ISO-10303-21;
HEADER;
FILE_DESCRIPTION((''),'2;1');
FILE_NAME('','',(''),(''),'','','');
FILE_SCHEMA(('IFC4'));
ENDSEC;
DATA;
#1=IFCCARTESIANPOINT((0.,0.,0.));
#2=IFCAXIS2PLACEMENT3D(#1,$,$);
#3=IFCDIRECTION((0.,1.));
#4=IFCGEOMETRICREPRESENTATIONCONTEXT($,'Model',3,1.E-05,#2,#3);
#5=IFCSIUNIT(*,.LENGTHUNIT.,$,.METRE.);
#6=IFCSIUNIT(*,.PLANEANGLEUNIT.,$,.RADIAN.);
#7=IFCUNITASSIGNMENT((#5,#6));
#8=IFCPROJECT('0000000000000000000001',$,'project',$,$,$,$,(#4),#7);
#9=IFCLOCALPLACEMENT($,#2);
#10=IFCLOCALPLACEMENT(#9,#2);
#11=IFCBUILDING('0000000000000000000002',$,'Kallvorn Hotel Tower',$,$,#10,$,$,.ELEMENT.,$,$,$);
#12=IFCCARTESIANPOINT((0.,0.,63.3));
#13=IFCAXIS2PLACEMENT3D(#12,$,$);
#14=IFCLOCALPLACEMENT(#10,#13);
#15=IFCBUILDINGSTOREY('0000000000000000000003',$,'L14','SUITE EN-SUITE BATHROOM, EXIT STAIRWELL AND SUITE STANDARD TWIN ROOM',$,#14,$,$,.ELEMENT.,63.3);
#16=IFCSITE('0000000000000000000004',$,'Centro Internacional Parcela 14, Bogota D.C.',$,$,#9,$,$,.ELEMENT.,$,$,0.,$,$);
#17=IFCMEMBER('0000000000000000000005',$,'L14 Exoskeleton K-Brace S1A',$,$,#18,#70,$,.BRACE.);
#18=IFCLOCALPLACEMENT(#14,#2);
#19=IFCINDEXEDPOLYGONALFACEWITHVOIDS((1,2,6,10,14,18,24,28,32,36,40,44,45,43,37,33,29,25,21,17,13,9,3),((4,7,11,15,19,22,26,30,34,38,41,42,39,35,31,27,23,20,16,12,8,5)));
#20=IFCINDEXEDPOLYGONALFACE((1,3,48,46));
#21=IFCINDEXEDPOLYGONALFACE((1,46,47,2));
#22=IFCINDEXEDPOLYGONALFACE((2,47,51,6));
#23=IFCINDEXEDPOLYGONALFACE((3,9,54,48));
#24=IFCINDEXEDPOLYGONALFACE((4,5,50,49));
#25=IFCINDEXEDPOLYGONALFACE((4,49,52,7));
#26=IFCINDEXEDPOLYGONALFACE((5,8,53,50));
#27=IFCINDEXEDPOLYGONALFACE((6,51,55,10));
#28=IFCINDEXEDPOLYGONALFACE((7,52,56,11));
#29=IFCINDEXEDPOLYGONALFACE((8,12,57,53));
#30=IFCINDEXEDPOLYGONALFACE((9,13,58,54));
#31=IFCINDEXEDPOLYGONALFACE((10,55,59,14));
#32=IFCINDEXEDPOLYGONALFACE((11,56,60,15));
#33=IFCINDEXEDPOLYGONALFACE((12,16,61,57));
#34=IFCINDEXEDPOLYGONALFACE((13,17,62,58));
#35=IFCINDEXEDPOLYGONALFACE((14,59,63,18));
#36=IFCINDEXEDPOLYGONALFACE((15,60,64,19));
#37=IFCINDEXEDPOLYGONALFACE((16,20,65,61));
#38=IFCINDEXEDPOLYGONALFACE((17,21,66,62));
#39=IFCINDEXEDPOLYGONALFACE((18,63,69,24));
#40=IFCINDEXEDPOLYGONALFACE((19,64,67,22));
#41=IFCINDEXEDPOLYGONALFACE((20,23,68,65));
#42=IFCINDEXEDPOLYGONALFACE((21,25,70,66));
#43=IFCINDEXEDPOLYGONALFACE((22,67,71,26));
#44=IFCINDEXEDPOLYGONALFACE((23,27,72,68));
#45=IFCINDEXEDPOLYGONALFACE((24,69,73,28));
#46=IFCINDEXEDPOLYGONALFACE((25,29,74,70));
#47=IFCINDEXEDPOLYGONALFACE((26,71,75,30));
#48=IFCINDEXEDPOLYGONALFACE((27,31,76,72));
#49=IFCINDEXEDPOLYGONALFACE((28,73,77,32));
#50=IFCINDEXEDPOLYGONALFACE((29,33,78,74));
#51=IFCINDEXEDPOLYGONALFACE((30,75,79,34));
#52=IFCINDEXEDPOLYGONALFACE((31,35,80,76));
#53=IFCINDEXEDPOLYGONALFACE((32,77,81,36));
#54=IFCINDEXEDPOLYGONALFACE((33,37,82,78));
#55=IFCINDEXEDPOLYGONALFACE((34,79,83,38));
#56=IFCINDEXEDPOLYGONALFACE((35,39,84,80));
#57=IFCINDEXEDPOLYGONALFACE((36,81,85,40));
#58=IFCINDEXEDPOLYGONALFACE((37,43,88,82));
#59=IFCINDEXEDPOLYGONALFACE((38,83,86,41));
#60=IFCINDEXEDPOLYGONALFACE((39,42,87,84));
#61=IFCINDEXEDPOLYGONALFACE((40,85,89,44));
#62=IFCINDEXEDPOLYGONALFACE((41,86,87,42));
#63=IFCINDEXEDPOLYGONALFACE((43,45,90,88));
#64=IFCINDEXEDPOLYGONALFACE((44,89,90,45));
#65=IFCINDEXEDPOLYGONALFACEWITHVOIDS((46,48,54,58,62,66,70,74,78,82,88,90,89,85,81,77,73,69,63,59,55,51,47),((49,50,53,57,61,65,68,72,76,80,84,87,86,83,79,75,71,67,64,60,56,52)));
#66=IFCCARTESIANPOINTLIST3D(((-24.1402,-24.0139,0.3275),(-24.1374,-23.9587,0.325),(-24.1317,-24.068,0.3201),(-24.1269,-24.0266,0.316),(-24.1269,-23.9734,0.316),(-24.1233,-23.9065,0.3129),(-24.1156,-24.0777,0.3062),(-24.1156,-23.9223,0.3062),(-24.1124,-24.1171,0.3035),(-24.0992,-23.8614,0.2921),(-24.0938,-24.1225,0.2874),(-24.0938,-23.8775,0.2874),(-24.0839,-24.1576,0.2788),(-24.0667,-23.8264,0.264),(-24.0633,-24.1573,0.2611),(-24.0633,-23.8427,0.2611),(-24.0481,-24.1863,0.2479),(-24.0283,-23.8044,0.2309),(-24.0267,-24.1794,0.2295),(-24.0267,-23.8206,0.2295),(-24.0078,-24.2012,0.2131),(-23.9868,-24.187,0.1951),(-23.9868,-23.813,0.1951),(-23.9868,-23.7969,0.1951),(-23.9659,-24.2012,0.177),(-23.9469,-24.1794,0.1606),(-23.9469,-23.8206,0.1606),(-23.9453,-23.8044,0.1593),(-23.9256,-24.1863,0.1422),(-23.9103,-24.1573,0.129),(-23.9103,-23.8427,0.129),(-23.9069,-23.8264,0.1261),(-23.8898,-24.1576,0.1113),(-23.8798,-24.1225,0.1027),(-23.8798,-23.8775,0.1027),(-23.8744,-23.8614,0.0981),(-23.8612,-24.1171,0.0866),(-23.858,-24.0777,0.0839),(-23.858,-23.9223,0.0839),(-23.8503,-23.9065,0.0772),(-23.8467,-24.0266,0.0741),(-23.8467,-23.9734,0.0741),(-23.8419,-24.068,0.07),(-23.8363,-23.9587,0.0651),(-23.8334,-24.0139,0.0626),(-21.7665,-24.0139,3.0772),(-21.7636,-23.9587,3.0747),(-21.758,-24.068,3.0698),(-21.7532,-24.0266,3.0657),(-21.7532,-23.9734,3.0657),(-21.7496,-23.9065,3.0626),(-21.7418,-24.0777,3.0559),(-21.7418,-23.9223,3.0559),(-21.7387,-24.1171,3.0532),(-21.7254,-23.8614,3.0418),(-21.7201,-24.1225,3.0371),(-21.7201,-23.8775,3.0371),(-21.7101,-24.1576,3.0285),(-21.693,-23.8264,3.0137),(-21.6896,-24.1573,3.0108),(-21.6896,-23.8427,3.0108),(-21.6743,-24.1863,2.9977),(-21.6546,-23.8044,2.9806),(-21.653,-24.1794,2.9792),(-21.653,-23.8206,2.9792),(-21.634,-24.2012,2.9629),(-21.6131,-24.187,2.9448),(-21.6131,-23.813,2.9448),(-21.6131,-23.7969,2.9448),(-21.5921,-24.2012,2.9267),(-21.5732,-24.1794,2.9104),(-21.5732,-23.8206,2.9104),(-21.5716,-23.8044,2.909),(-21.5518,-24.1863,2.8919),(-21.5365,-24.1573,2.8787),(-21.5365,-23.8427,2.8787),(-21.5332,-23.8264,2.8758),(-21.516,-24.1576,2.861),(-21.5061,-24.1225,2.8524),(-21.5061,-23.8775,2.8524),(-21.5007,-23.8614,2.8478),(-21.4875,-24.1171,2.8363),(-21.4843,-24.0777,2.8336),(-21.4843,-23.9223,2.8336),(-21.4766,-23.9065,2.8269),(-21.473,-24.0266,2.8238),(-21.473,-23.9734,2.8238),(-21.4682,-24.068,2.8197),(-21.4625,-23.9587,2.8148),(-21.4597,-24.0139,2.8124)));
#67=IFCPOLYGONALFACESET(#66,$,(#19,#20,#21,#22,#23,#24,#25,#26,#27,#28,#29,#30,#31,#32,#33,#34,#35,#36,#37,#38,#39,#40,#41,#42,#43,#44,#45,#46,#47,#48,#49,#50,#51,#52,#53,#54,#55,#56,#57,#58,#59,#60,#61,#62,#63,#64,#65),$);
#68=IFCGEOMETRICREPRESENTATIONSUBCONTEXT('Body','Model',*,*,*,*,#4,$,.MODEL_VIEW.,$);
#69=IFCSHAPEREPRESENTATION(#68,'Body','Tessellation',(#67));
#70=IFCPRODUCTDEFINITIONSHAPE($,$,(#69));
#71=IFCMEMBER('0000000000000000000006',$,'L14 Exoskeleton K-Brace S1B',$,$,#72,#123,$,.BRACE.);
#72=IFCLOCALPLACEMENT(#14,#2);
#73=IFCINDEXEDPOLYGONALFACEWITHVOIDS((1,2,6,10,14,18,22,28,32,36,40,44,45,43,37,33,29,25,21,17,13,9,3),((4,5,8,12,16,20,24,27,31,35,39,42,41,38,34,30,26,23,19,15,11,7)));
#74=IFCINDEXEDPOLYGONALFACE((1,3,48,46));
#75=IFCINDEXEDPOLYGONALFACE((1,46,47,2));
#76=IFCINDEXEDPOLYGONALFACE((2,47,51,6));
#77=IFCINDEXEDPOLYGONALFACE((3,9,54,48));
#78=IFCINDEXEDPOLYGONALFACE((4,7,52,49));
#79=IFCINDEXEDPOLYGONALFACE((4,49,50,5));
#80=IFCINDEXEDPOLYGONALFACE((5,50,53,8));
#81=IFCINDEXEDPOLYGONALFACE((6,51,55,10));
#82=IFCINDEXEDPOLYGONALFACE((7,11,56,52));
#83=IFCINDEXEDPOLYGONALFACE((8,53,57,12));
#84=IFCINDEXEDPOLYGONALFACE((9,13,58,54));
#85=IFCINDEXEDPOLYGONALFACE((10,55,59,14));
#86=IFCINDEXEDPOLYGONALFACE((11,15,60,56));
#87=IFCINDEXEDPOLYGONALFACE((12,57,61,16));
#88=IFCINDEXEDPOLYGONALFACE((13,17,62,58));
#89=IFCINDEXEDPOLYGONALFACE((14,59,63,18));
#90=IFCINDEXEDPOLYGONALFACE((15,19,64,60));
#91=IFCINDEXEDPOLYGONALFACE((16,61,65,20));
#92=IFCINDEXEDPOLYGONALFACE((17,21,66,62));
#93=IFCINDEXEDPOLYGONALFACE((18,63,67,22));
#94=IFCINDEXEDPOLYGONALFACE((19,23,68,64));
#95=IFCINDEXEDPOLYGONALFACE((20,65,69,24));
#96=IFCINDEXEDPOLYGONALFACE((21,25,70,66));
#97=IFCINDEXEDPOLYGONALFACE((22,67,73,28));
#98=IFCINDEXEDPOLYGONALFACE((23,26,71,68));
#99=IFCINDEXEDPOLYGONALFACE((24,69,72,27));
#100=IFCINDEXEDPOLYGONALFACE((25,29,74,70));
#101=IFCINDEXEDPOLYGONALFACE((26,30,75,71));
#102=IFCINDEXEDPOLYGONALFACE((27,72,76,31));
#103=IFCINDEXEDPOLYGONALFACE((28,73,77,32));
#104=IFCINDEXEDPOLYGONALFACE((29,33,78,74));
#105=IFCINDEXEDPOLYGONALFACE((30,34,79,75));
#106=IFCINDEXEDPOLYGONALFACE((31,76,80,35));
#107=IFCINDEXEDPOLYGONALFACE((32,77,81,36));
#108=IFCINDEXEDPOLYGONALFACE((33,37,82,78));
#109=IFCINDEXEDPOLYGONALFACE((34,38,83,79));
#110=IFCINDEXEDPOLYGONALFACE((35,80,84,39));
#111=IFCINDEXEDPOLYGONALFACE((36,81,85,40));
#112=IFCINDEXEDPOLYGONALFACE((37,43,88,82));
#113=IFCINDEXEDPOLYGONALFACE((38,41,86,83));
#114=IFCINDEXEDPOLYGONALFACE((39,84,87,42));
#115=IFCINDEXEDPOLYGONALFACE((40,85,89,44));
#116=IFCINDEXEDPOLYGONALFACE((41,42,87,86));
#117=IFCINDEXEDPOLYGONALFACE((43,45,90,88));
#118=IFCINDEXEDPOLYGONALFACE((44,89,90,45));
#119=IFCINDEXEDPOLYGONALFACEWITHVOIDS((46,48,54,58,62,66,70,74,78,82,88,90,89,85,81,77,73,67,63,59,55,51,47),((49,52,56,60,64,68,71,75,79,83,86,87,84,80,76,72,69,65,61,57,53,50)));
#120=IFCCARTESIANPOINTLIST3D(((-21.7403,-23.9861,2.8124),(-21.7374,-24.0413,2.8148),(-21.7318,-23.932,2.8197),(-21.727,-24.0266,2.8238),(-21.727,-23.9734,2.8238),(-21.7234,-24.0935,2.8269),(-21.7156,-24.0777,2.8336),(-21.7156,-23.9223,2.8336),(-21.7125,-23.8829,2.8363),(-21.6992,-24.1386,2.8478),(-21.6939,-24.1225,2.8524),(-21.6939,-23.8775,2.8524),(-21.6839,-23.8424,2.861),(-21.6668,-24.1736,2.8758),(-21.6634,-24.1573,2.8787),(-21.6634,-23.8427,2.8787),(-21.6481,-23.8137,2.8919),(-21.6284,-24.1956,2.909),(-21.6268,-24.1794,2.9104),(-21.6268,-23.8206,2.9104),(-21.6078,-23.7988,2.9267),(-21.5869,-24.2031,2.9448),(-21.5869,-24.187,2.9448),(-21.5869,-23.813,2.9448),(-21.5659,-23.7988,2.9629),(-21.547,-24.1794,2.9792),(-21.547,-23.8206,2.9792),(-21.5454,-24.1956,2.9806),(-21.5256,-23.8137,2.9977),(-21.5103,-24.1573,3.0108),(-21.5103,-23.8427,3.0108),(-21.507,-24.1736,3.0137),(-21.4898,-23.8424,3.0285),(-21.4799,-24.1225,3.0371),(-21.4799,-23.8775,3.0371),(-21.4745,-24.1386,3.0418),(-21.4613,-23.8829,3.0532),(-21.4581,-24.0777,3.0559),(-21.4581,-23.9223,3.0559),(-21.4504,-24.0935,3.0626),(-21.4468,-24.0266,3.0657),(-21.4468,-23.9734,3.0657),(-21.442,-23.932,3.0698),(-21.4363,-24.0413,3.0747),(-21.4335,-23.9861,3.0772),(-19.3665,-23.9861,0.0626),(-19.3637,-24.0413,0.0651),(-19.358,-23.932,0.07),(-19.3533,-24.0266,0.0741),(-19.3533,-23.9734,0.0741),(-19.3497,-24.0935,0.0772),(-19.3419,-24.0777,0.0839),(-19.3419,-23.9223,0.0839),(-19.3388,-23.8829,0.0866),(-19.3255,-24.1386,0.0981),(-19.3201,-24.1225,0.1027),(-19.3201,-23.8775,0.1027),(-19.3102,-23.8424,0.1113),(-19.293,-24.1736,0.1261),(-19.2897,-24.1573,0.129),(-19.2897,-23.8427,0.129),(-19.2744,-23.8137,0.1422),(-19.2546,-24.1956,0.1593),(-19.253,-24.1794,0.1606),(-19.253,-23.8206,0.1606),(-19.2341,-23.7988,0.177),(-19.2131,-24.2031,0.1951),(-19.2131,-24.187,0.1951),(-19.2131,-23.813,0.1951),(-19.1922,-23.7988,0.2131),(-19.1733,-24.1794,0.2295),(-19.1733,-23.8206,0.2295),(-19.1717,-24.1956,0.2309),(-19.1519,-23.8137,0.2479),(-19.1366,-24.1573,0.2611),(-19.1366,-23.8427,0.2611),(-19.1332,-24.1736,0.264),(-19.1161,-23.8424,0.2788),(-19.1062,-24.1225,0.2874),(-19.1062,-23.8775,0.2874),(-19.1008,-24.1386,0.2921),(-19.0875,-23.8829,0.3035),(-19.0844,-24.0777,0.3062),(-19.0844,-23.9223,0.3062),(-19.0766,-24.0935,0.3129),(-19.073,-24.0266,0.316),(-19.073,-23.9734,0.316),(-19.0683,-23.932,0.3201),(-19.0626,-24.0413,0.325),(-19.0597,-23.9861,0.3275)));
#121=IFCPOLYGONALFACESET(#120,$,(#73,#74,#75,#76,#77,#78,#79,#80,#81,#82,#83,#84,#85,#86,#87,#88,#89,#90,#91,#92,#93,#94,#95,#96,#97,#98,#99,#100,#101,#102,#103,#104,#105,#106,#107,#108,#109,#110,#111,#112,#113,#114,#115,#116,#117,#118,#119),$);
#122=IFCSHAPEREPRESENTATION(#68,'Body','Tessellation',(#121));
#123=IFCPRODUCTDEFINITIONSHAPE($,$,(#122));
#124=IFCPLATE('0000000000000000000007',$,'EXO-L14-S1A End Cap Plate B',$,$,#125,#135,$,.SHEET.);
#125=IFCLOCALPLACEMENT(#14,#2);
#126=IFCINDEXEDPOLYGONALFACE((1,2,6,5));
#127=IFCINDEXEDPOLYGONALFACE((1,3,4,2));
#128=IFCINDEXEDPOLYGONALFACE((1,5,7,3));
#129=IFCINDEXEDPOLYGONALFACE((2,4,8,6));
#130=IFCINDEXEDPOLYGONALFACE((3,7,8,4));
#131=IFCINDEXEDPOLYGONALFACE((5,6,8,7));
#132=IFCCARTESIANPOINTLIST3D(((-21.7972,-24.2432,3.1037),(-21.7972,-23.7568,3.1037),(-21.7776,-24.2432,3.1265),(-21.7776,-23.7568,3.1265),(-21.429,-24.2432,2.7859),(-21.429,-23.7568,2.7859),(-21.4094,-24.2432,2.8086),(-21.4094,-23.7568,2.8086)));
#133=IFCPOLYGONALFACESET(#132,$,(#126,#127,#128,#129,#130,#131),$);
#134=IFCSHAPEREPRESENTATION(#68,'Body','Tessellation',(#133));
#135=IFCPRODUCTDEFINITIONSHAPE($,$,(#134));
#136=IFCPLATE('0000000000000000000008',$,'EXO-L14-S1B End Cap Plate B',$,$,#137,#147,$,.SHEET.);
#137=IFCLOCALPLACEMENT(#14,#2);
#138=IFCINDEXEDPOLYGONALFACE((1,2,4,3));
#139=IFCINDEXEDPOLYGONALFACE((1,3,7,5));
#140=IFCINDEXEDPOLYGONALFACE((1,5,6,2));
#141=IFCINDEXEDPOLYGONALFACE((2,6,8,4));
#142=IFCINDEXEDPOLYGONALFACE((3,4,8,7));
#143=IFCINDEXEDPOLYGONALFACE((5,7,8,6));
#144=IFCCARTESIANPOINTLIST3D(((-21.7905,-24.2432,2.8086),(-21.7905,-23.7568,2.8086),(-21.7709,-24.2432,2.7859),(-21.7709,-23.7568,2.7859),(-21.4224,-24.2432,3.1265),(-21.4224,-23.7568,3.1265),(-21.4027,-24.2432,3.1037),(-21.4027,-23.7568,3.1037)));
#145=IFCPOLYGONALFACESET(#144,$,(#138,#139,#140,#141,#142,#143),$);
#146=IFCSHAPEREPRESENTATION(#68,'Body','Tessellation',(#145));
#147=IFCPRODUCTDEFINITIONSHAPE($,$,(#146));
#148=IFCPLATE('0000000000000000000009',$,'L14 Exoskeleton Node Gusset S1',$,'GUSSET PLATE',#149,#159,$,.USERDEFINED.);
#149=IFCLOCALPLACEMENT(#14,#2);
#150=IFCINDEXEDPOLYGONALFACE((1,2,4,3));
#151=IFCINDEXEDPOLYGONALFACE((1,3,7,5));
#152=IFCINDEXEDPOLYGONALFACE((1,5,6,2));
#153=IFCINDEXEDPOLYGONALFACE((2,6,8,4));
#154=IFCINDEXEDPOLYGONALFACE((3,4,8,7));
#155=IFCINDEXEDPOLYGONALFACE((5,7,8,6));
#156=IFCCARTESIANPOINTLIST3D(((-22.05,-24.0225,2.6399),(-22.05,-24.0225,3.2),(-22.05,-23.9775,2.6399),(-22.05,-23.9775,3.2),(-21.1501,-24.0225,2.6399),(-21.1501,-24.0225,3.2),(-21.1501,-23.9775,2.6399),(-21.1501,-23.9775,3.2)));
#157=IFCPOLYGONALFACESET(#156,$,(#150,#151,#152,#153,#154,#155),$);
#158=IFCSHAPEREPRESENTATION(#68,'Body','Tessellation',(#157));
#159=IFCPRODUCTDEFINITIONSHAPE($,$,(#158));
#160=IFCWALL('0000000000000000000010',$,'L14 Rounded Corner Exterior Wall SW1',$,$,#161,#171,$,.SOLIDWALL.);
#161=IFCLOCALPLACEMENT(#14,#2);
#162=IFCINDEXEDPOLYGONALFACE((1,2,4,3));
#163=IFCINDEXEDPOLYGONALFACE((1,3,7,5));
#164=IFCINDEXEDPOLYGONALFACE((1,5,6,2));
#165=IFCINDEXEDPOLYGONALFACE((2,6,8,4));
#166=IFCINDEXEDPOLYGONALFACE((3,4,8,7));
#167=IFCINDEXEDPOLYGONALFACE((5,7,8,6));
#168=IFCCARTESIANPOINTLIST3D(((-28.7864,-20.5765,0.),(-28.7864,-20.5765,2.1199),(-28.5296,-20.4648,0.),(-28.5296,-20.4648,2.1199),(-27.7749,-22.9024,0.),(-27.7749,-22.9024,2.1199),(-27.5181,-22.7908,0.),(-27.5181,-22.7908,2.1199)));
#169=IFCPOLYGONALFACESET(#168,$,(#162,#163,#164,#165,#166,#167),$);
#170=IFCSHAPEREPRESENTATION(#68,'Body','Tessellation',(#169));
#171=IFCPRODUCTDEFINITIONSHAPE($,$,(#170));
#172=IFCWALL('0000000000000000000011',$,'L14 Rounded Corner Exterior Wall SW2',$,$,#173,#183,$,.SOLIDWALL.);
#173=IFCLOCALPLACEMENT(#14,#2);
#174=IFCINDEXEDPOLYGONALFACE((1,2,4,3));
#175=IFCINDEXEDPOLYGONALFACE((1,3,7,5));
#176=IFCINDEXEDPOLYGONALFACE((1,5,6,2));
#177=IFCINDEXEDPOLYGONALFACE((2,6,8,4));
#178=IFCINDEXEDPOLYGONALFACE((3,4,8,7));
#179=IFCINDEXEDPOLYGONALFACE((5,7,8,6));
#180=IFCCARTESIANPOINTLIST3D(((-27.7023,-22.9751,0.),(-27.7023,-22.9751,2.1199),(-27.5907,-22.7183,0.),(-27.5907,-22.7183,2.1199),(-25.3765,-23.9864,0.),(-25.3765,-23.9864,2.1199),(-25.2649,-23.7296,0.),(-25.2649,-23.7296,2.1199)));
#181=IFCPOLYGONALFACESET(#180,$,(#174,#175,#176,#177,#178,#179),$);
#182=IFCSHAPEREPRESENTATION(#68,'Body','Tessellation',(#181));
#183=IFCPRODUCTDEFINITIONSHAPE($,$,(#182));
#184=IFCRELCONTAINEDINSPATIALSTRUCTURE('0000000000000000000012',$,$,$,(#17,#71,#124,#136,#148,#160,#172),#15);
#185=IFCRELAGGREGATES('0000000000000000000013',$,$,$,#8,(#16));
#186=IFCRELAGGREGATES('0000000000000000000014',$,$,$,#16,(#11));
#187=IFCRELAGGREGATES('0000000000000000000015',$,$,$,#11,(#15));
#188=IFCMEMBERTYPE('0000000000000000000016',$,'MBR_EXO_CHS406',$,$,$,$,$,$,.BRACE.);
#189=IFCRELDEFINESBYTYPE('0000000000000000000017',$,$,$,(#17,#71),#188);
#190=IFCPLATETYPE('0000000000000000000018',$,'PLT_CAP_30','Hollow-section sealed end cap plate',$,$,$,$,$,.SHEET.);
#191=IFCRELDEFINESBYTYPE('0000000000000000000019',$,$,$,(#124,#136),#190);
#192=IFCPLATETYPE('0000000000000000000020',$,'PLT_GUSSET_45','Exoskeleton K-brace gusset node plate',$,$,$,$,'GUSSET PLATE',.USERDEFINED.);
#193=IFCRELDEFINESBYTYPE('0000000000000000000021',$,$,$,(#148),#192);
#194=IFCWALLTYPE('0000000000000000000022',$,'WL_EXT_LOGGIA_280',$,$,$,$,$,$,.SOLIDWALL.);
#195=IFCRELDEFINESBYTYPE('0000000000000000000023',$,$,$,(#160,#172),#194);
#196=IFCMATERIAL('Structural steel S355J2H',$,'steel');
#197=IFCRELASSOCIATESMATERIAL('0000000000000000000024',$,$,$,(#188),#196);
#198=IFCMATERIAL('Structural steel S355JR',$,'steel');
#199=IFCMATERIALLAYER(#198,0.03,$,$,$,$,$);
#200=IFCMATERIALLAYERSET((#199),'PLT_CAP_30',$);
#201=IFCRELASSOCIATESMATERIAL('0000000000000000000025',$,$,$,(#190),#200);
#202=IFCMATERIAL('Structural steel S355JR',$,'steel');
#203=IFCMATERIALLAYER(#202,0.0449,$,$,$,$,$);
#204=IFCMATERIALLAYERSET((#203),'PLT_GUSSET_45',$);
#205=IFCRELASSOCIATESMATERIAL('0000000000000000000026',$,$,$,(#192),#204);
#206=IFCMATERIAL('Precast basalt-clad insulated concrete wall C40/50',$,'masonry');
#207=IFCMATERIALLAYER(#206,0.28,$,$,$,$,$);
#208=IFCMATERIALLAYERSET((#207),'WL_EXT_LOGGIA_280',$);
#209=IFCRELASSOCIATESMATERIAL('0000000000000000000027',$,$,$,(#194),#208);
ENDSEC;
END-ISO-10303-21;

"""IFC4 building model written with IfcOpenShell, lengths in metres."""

from ifc_helpers import new_model, si_unit, direction, frame, frame_2d, origin, origin_2d, place, context, subcontext, project, spatial, polyline, rectangle, hollow_circle, outline, extrude, material, layer, layer_set, material_profile, profile_set, type_object, element, save


model = new_model("IFC4")

# Units and contexts
model_context = context("Model", 3, precision=1e-05, world=origin(), true_north=direction((0.0, 1.0)))
body_context = subcontext(model_context, "Body", "Model", "MODEL_VIEW")
ifc_project = project(units=[si_unit("LENGTHUNIT", "METRE"), si_unit("PLANEANGLEUNIT", "RADIAN")], contexts=[model_context])

# Site, building, storey
site_placement = place(None, origin())
site = spatial("IfcSite", under=ifc_project, at=site_placement, Name="Centro Internacional Parcela 14, Bogota D.C.", CompositionType="ELEMENT", RefElevation=0.0)
building_placement = place(site_placement, origin())
building = spatial("IfcBuilding", under=site, at=building_placement, Name="Kallvorn Hotel Tower", CompositionType="ELEMENT")
storey_placement = place(building_placement, frame((0.0, 0.0, 63.3)))
storey = spatial("IfcBuildingStorey", under=building, at=storey_placement, Name="L14", Description="SUITE EN-SUITE BATHROOM, EXIT STAIRWELL AND SUITE STANDARD TWIN ROOM", CompositionType="ELEMENT", Elevation=63.3)

# Members
ifc_material_1 = material(Name="Structural steel S355J2H", Category="steel")
ifc_material_profile_1 = material_profile(ifc_material_1, hollow_circle(Radius=0.2031, WallThickness=0.0161, at=origin_2d()), Name="CHS 406.4x16")
ifc_profile_set_1 = profile_set([ifc_material_profile_1], Name="Structural steel S355J2H")
member_type = type_object("IfcMemberType", Name="MBR_EXO_CHS406", PredefinedType="BRACE", material=ifc_profile_set_1)
for number, where, z_axis, x_axis, name in (
    (1, (-23.9868, -24.0, 0.1951), (0.653461, 0.0, 0.756961), (0.0, 1.0, 0.0), "L14 Exoskeleton K-Brace S1A"),
    (2, (-19.2131, -24.0, 0.1951), (-0.653461, 0.0, 0.756961), (0.0, -1.0, 0.0), "L14 Exoskeleton K-Brace S1B"),
):
    element("IfcMember", number, at=place(storey_placement, frame(where, z_axis=z_axis, x_axis=x_axis)), inside=storey, type_object=member_type, Name=name, PredefinedType="BRACE", context=body_context, shape_type="SweptSolid", body=[
        extrude(hollow_circle(Radius=0.2031, WallThickness=0.0161, at=origin_2d()), origin(), (0.0, 0.0, 1.0), 3.6326),
    ])

# Plates
ifc_material_2 = material(Name="Structural steel S355JR", Category="steel")
ifc_layer_1 = layer(ifc_material_2, 0.03)
ifc_layer_set_1 = layer_set([ifc_layer_1], Name="PLT_CAP_30")
plate_type_1 = type_object("IfcPlateType", Name="PLT_CAP_30", Description="Hollow-section sealed end cap plate", PredefinedType="SHEET", material=ifc_layer_set_1)
for number, where, z_axis, x_axis, name in (
    (3, (-21.4094, -24.2432, 2.8086), (0.653515, 0.0, 0.756913), (0.0, 1.0, 0.0), "EXO-L14-S1A End Cap Plate B"),
    (4, (-21.7905, -23.7568, 2.8086), (-0.653515, 0.0, 0.756913), (0.0, -1.0, 0.0), "EXO-L14-S1B End Cap Plate B"),
):
    element("IfcPlate", number, at=place(storey_placement, frame(where, z_axis=z_axis, x_axis=x_axis)), inside=storey, type_object=plate_type_1, Name=name, PredefinedType="SHEET", context=body_context, shape_type="SweptSolid", body=[
        extrude(outline(polyline([(0.0, 0.0), (0.4863, 0.0), (0.4863, 0.4864), (0.0, 0.4864), (0.0, 0.0)])), origin(), (0.0, 0.0, -1.0), 0.03),
    ])
ifc_material_3 = material(Name="Structural steel S355JR", Category="steel")
ifc_layer_2 = layer(ifc_material_3, 0.0449)
ifc_layer_set_2 = layer_set([ifc_layer_2], Name="PLT_GUSSET_45")
plate_type_2 = type_object("IfcPlateType", Name="PLT_GUSSET_45", Description="Exoskeleton K-brace gusset node plate", ElementType="GUSSET PLATE", PredefinedType="USERDEFINED", material=ifc_layer_set_2)
plate_placement = place(storey_placement, frame((-21.6001, -24.0, 2.6399), z_axis=(0.0, 0.0, 1.0), x_axis=(1.0, 0.0, 0.0)))
element("IfcPlate", 5, at=plate_placement, inside=storey, type_object=plate_type_2, Name="L14 Exoskeleton Node Gusset S1", ObjectType="GUSSET PLATE", PredefinedType="USERDEFINED", context=body_context, shape_type="SweptSolid", body=[
    extrude(rectangle(XDim=0.8999, YDim=0.0449, at=origin_2d()), origin(), (0.0, 0.0, 1.0), 0.5601),
])

# Walls
ifc_material_4 = material(Name="Precast basalt-clad insulated concrete wall C40/50", Category="masonry")
ifc_layer_3 = layer(ifc_material_4, 0.28)
ifc_layer_set_3 = layer_set([ifc_layer_3], Name="WL_EXT_LOGGIA_280")
wall_type_1 = type_object("IfcWallType", Name="WL_EXT_LOGGIA_280", PredefinedType="SOLIDWALL", material=ifc_layer_set_3)
wall_1_placement = place(storey_placement, frame((-28.658, -20.5208, 0.0), z_axis=(0.0, 0.0, 1.0), x_axis=(0.398793, -0.917041, 0.0)))
element("IfcWall", 6, at=wall_1_placement, inside=storey, type_object=wall_type_1, Name="L14 Rounded Corner Exterior Wall SW1", PredefinedType="SOLIDWALL", context=body_context, shape_type="SweptSolid", body=[
    extrude(rectangle(XDim=2.5364, YDim=0.28, at=frame_2d((1.2681, 0.0))), origin(), (0.0, 0.0, 1.0), 2.1199),
])
wall_2_placement = place(storey_placement, frame((-27.6465, -22.8467, 0.0), z_axis=(0.0, 0.0, 1.0), x_axis=(0.917061, -0.398747, 0.0)))
element("IfcWall", 7, at=wall_2_placement, inside=storey, type_object=wall_type_1, Name="L14 Rounded Corner Exterior Wall SW2", PredefinedType="SOLIDWALL", context=body_context, shape_type="SweptSolid", body=[
    extrude(rectangle(XDim=2.5361, YDim=0.28, at=frame_2d((1.2681, 0.0))), origin(), (0.0, 0.0, 1.0), 2.1199),
])

save(model, "model.ifc")
